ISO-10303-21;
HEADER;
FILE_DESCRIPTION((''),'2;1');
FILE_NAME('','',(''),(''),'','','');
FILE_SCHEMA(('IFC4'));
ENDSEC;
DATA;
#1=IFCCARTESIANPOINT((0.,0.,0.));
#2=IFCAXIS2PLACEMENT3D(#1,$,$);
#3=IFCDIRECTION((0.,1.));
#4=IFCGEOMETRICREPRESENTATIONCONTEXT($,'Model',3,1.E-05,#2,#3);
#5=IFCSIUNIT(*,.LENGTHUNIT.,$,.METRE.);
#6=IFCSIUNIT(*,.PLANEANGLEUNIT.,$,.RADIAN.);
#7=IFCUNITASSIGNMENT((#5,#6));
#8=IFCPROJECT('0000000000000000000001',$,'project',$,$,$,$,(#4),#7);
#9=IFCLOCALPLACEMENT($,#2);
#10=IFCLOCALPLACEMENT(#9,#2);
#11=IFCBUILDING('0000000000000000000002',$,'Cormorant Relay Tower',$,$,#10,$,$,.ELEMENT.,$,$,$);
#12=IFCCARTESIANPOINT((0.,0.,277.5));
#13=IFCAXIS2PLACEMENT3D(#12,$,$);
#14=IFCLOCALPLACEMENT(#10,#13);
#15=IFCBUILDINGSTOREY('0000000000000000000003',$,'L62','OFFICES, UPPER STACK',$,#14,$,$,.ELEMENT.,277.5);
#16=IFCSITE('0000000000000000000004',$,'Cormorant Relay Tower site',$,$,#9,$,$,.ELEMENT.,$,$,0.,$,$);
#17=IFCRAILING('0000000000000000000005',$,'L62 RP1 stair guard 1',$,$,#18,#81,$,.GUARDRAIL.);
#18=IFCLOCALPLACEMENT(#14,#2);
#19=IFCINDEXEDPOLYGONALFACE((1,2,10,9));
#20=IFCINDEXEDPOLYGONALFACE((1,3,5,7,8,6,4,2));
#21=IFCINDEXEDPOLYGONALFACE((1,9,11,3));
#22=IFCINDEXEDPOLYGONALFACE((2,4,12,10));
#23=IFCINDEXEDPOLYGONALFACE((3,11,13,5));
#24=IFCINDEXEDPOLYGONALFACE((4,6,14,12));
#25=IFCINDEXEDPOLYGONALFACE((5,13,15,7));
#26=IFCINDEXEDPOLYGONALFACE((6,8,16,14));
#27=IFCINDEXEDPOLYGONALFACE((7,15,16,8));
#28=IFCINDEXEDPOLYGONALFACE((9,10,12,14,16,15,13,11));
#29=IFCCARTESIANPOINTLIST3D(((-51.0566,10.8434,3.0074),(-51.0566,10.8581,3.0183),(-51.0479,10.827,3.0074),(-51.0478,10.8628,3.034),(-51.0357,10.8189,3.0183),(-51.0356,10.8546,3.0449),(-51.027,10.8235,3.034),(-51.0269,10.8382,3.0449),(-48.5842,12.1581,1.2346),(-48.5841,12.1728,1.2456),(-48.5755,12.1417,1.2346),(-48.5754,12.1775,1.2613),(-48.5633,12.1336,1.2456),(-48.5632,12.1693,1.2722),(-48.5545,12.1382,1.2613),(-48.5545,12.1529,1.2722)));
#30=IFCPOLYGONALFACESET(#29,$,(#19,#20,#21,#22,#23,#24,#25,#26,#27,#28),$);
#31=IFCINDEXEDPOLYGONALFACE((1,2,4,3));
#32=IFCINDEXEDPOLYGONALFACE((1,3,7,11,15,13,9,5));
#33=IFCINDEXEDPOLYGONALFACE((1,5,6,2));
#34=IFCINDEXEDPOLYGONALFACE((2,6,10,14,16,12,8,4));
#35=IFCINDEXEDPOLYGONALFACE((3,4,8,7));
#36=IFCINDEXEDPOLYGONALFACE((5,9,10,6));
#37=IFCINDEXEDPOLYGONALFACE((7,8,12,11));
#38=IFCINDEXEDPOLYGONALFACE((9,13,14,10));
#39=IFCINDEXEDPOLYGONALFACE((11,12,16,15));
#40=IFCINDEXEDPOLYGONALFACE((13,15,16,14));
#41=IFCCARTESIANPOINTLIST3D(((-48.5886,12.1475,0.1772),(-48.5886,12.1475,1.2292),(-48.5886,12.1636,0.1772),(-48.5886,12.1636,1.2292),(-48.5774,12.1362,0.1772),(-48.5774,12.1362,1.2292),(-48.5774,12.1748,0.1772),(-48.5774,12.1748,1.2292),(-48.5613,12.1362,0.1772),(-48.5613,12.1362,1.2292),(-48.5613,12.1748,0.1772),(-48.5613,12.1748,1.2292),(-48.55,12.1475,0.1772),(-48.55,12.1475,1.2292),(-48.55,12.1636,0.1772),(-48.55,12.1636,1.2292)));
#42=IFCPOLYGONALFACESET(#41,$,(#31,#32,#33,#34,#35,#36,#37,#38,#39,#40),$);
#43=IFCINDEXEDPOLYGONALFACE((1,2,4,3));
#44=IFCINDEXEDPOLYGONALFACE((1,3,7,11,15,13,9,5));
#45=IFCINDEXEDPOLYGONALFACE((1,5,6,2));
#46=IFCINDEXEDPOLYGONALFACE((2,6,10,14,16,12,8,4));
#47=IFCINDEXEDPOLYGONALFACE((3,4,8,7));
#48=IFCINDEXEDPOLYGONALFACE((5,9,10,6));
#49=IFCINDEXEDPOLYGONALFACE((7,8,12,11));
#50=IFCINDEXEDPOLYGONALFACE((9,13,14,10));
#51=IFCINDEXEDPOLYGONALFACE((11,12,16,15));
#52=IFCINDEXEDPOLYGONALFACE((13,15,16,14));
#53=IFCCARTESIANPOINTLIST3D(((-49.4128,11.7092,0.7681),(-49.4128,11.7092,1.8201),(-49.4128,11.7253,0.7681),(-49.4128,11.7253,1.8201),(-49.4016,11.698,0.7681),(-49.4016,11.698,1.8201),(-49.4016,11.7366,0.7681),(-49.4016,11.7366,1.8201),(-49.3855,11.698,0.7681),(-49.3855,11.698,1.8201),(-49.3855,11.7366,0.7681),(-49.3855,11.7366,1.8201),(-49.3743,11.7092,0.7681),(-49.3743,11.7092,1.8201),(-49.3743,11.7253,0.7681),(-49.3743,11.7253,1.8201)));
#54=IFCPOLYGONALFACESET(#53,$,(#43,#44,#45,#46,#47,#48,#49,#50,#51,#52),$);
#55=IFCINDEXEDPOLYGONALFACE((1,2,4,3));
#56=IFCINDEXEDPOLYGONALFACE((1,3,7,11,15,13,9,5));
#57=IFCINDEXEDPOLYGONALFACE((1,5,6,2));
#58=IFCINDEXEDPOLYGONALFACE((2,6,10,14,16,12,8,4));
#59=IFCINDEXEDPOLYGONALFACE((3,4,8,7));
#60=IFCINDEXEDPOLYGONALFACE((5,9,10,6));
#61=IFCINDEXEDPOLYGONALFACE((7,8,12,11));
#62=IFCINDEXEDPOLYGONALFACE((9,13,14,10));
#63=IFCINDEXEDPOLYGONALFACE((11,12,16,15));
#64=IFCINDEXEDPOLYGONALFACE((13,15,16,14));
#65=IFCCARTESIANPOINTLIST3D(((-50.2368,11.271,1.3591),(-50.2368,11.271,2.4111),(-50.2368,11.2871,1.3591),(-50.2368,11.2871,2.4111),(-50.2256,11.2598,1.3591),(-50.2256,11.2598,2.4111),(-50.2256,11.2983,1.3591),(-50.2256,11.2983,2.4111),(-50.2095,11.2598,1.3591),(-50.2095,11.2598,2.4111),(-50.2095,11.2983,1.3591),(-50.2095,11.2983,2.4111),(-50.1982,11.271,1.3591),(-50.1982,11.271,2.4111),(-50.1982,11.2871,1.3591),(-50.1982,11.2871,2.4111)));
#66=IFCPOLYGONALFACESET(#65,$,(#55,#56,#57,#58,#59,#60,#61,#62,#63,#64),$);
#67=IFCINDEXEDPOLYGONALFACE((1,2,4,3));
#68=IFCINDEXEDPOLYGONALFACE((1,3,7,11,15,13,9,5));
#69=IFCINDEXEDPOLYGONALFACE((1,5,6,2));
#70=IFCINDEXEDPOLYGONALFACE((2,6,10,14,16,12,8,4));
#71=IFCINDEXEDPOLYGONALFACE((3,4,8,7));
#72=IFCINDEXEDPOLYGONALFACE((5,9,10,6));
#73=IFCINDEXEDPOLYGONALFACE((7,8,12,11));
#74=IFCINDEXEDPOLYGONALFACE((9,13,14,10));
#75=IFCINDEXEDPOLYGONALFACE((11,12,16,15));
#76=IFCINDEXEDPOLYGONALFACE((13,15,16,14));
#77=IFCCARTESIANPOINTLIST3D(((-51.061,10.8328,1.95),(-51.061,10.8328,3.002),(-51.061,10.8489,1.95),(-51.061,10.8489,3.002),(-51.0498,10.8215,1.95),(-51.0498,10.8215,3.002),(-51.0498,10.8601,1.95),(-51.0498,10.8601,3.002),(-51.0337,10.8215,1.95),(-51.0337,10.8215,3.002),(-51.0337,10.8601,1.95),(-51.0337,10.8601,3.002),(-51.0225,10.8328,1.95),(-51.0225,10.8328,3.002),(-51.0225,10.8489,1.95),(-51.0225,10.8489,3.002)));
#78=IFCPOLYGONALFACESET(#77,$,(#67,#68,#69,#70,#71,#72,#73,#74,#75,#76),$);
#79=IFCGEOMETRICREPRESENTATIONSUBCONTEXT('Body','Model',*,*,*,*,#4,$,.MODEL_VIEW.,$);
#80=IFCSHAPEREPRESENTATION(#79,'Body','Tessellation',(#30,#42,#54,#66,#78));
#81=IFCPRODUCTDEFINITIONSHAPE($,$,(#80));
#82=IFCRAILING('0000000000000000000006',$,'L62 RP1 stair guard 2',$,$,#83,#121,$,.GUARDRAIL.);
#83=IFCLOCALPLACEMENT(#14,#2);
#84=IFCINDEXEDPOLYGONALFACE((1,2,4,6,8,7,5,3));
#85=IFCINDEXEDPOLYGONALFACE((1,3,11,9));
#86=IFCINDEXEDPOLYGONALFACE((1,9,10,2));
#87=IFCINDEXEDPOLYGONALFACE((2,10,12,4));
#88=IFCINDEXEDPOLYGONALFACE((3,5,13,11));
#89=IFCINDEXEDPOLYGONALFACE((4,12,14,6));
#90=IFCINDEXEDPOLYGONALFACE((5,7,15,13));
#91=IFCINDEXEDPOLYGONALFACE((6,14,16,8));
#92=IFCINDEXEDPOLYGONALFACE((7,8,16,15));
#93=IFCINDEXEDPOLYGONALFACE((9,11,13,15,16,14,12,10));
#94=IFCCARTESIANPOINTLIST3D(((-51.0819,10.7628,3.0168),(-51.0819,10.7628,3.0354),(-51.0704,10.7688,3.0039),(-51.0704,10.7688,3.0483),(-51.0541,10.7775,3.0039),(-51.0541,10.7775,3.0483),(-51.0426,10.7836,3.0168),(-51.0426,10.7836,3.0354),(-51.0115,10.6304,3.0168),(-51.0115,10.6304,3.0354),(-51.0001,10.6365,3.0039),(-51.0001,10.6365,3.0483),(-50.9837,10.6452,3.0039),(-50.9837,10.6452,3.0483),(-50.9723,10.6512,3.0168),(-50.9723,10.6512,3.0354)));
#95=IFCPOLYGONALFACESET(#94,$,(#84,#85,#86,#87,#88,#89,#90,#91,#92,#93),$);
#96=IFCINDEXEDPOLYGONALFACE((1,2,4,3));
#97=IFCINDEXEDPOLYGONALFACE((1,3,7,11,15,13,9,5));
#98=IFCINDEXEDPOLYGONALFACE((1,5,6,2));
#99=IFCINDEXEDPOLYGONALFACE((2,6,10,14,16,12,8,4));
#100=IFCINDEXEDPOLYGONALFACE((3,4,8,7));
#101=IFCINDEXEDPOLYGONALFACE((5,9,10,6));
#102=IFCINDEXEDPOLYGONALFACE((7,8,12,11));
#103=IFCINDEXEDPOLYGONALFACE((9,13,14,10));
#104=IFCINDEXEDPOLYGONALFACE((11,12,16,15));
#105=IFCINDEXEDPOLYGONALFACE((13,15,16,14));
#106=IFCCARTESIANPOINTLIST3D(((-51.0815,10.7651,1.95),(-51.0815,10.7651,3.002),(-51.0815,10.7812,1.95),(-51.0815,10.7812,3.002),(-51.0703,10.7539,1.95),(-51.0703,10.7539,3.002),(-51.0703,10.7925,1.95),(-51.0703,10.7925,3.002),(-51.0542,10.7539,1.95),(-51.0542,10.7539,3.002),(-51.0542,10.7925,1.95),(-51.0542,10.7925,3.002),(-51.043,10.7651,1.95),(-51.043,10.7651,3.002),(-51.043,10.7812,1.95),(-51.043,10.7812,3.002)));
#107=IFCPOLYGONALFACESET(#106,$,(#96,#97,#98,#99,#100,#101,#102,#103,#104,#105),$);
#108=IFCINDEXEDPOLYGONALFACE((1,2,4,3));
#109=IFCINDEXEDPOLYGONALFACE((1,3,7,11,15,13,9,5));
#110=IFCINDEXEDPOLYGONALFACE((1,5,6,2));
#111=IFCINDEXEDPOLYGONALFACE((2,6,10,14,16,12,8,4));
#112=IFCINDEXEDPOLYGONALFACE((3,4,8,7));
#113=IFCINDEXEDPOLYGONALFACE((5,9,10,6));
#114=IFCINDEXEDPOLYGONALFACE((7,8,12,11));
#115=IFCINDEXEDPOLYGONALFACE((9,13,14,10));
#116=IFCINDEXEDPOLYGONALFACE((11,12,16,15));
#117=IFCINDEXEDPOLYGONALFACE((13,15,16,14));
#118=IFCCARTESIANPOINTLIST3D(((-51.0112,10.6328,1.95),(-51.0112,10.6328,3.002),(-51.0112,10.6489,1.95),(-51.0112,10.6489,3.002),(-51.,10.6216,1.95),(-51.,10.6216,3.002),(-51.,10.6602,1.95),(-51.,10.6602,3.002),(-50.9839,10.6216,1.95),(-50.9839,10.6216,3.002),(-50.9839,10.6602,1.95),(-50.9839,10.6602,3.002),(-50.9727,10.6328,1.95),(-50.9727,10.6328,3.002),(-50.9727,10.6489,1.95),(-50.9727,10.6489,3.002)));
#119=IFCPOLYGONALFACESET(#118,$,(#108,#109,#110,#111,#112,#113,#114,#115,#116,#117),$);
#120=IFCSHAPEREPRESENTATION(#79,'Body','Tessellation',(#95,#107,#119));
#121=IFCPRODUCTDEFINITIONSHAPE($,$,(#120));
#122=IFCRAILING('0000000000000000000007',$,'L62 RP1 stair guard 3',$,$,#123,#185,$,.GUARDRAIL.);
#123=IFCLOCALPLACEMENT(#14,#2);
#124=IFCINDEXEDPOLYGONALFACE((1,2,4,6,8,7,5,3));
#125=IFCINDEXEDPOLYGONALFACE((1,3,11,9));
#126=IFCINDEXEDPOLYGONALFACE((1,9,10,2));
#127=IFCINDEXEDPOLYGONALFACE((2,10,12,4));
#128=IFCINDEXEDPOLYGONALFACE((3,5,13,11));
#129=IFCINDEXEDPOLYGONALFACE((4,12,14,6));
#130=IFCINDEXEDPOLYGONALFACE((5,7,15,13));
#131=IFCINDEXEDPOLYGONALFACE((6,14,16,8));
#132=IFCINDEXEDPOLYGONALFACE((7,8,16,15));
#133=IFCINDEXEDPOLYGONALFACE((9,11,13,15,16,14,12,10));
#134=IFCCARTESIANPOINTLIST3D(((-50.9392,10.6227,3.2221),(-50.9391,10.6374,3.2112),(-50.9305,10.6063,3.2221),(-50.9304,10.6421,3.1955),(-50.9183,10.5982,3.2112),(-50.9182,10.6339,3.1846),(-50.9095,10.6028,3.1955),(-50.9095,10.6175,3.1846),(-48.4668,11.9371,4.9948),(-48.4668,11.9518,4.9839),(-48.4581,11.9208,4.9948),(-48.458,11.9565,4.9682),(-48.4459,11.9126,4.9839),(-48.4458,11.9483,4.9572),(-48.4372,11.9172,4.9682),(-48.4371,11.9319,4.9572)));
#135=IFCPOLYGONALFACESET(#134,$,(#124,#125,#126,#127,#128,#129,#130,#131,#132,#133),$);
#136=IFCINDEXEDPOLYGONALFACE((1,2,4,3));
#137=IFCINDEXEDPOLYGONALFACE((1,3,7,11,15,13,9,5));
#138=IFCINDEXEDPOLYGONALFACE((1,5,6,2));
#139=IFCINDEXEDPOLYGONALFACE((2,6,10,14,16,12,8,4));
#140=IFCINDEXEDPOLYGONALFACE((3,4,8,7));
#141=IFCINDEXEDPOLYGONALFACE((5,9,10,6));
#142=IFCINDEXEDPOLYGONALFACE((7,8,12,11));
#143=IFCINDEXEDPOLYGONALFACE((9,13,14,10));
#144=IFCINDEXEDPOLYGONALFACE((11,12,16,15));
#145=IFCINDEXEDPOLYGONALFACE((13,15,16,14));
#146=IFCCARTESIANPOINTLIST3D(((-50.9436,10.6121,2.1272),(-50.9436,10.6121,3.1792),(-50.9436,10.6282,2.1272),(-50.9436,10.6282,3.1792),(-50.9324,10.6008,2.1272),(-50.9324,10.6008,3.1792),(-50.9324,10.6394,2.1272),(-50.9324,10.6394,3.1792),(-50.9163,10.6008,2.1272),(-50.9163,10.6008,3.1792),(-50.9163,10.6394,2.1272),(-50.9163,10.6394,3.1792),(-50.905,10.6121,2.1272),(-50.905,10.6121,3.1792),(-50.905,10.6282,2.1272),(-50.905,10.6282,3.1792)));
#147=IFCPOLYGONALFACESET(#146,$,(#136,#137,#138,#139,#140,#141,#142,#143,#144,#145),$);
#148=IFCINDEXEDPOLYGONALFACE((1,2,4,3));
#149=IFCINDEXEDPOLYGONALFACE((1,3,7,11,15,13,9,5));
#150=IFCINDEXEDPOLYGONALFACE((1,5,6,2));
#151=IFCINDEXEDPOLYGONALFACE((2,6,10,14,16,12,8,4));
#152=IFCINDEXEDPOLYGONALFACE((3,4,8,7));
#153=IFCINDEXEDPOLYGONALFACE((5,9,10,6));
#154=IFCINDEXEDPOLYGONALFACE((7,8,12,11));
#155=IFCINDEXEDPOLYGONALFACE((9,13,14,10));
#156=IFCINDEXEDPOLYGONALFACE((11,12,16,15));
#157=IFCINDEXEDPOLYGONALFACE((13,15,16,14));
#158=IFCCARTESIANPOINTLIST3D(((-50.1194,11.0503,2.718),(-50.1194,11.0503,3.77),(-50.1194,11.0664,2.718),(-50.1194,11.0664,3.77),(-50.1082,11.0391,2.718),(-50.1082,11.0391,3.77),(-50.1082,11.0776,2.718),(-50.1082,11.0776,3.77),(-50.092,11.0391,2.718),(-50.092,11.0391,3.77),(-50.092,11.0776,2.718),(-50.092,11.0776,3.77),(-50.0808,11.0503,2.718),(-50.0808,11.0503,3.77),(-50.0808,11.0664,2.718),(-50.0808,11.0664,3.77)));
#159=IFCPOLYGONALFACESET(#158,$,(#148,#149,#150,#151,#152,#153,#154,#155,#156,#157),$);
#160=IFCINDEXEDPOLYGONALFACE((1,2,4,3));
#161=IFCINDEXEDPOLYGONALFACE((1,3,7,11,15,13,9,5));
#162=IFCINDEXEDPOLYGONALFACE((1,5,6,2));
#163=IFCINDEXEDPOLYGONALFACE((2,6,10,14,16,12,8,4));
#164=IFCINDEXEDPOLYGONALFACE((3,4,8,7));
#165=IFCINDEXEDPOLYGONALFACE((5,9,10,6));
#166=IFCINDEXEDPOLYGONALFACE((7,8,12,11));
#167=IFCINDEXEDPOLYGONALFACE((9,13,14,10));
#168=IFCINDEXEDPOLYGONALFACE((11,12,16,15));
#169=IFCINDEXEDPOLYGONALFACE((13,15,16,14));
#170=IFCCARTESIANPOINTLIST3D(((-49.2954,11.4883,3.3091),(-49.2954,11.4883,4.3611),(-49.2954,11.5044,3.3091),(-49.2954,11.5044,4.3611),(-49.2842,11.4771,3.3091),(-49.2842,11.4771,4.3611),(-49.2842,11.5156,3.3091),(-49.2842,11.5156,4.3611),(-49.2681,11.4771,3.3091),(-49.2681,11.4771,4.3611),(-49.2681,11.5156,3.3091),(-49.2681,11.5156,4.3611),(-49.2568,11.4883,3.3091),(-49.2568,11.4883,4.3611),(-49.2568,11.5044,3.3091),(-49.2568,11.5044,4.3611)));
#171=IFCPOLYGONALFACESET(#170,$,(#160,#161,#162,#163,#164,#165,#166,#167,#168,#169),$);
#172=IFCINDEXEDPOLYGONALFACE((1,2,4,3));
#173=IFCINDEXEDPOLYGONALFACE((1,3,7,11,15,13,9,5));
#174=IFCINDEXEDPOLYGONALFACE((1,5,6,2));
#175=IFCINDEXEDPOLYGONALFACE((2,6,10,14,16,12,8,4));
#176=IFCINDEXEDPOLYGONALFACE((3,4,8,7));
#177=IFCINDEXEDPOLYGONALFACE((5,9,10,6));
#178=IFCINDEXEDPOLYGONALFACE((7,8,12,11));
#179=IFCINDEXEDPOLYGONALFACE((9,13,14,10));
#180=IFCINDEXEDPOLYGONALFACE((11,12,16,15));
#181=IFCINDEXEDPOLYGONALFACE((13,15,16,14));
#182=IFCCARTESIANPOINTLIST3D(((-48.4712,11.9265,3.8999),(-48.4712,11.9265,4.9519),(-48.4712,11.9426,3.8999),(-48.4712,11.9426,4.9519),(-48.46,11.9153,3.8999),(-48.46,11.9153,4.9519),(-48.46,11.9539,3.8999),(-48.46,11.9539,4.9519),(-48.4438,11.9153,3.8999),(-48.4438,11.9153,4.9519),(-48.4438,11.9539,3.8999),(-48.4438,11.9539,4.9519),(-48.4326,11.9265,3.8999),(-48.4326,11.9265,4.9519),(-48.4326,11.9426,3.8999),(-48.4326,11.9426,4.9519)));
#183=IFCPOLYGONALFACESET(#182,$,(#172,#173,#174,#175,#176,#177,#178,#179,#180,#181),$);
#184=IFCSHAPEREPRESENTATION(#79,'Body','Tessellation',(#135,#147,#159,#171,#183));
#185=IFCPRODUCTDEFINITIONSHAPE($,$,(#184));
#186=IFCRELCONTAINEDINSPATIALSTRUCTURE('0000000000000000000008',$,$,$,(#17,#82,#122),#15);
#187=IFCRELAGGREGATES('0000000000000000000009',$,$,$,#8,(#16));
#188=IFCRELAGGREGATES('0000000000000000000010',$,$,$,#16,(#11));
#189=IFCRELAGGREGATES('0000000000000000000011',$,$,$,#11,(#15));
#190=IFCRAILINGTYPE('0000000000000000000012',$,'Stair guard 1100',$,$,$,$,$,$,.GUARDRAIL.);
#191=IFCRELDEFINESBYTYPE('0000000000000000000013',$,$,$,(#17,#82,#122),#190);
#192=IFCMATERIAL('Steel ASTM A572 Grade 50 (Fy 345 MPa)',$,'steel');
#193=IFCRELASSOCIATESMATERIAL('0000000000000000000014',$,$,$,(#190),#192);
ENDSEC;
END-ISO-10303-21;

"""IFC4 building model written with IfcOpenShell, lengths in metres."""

from ifc_helpers import new_model, si_unit, direction, frame, origin, place, context, subcontext, project, spatial, polyline, outline, extrude, material, type_object, element, save


model = new_model("IFC4")

# Units and contexts
model_context = context("Model", 3, precision=1e-05, world=origin(), true_north=direction((0.0, 1.0)))
body_context = subcontext(model_context, "Body", "Model", "MODEL_VIEW")
ifc_project = project(units=[si_unit("LENGTHUNIT", "METRE"), si_unit("PLANEANGLEUNIT", "RADIAN")], contexts=[model_context])

# Site, building, storey
site_placement = place(None, origin())
site = spatial("IfcSite", under=ifc_project, at=site_placement, Name="Cormorant Relay Tower site", CompositionType="ELEMENT", RefElevation=0.0)
building_placement = place(site_placement, origin())
building = spatial("IfcBuilding", under=site, at=building_placement, Name="Cormorant Relay Tower", CompositionType="ELEMENT")
storey_placement = place(building_placement, frame((0.0, 0.0, 277.5)))
storey = spatial("IfcBuildingStorey", under=building, at=storey_placement, Name="L62", Description="OFFICES, UPPER STACK", CompositionType="ELEMENT", Elevation=277.5)

# Railings
ifc_material_1 = material(Name="Steel ASTM A572 Grade 50 (Fy 345 MPa)", Category="steel")
railing_type_1 = type_object("IfcRailingType", Name="Stair guard 1100", PredefinedType="GUARDRAIL", material=ifc_material_1)
railing_1_placement = place(storey_placement, frame((-48.5693, 12.1555, 0.1772)))
element("IfcRailing", 1, at=railing_1_placement, inside=storey, type_object=railing_type_1, Name="L62 RP1 stair guard 1", PredefinedType="GUARDRAIL", context=body_context, shape_type="SweptSolid", body=[
    extrude(outline(polyline([(0.0222, 0.0093), (0.0093, 0.0222), (-0.0093, 0.0222), (-0.0222, 0.0093), (-0.0222, -0.0093), (-0.0093, -0.0222), (0.0093, -0.0222), (0.0222, -0.0093), (0.0222, 0.0093)])), frame((0.0, 0.0, 1.0762), z_axis=(-0.746012, -0.39669, 0.534886), x_axis=(0.469497, -0.882934, 0.0)), (0.0, 0.0, 1.0), 3.3142),
    extrude(outline(polyline([(0.0193, 0.0081), (0.0081, 0.0193), (-0.0081, 0.0193), (-0.0193, 0.0081), (-0.0193, -0.0081), (-0.0081, -0.0193), (0.0081, -0.0193), (0.0193, -0.0081), (0.0193, 0.0081)])), origin(), (0.0, 0.0, 1.0), 1.052),
    extrude(outline(polyline([(0.0193, 0.0081), (0.0081, 0.0193), (-0.0081, 0.0193), (-0.0193, 0.0081), (-0.0193, -0.0081), (-0.0081, -0.0193), (0.0081, -0.0193), (0.0193, -0.0081), (0.0193, 0.0081)])), frame((-0.8242, -0.4382, 0.5908)), (0.0, 0.0, 1.0), 1.052),
    extrude(outline(polyline([(0.0193, 0.0081), (0.0081, 0.0193), (-0.0081, 0.0193), (-0.0193, 0.0081), (-0.0193, -0.0081), (-0.0081, -0.0193), (0.0081, -0.0193), (0.0193, -0.0081), (0.0193, 0.0081)])), frame((-1.6482, -0.8765, 1.1819)), (0.0, 0.0, 1.0), 1.052),
    extrude(outline(polyline([(0.0193, 0.0081), (0.0081, 0.0193), (-0.0081, 0.0193), (-0.0193, 0.0081), (-0.0193, -0.0081), (-0.0081, -0.0193), (0.0081, -0.0193), (0.0193, -0.0081), (0.0193, 0.0081)])), frame((-2.4724, -1.3147, 1.7727)), (0.0, 0.0, 1.0), 1.052),
])
railing_2_placement = place(storey_placement, frame((-51.0623, 10.7732, 1.95)))
element("IfcRailing", 2, at=railing_2_placement, inside=storey, type_object=railing_type_1, Name="L62 RP1 stair guard 2", PredefinedType="GUARDRAIL", context=body_context, shape_type="SweptSolid", body=[
    extrude(outline(polyline([(0.0222, 0.0093), (0.0093, 0.0222), (-0.0093, 0.0222), (-0.0222, 0.0093), (-0.0222, -0.0093), (-0.0093, -0.0222), (0.0093, -0.0222), (0.0222, -0.0093), (0.0222, 0.0093)])), frame((0.0, 0.0, 1.0762), z_axis=(0.469235, -0.883074, 0.0), x_axis=(0.883074, 0.469235, 0.0)), (0.0, 0.0, 1.0), 0.1499),
    extrude(outline(polyline([(0.0193, 0.0081), (0.0081, 0.0193), (-0.0081, 0.0193), (-0.0193, 0.0081), (-0.0193, -0.0081), (-0.0081, -0.0193), (0.0081, -0.0193), (0.0193, -0.0081), (0.0193, 0.0081)])), origin(), (0.0, 0.0, 1.0), 1.052),
    extrude(outline(polyline([(0.0193, 0.0081), (0.0081, 0.0193), (-0.0081, 0.0193), (-0.0193, 0.0081), (-0.0193, -0.0081), (-0.0081, -0.0193), (0.0081, -0.0193), (0.0193, -0.0081), (0.0193, 0.0081)])), frame((0.0703, -0.1323, 0.0)), (0.0, 0.0, 1.0), 1.052),
])
railing_3_placement = place(storey_placement, frame((-50.9243, 10.6201, 2.1272)))
element("IfcRailing", 3, at=railing_3_placement, inside=storey, type_object=railing_type_1, Name="L62 RP1 stair guard 3", PredefinedType="GUARDRAIL", context=body_context, shape_type="SweptSolid", body=[
    extrude(outline(polyline([(0.0222, 0.0093), (0.0093, 0.0222), (-0.0093, 0.0222), (-0.0222, 0.0093), (-0.0222, -0.0093), (-0.0093, -0.0222), (0.0093, -0.0222), (0.0222, -0.0093), (0.0222, 0.0093)])), frame((0.0, 0.0, 1.0762), z_axis=(0.746034, 0.396627, 0.534902), x_axis=(-0.469429, 0.88297, 0.0)), (0.0, 0.0, 1.0), 3.314),
    extrude(outline(polyline([(0.0193, 0.0081), (0.0081, 0.0193), (-0.0081, 0.0193), (-0.0193, 0.0081), (-0.0193, -0.0081), (-0.0081, -0.0193), (0.0081, -0.0193), (0.0193, -0.0081), (0.0193, 0.0081)])), origin(), (0.0, 0.0, 1.0), 1.052),
    extrude(outline(polyline([(0.0193, 0.0081), (0.0081, 0.0193), (-0.0081, 0.0193), (-0.0193, 0.0081), (-0.0193, -0.0081), (-0.0081, -0.0193), (0.0081, -0.0193), (0.0193, -0.0081), (0.0193, 0.0081)])), frame((0.8242, 0.4382, 0.5908)), (0.0, 0.0, 1.0), 1.052),
    extrude(outline(polyline([(0.0193, 0.0081), (0.0081, 0.0193), (-0.0081, 0.0193), (-0.0193, 0.0081), (-0.0193, -0.0081), (-0.0081, -0.0193), (0.0081, -0.0193), (0.0193, -0.0081), (0.0193, 0.0081)])), frame((1.6482, 0.8762, 1.1819)), (0.0, 0.0, 1.0), 1.052),
    extrude(outline(polyline([(0.0193, 0.0081), (0.0081, 0.0193), (-0.0081, 0.0193), (-0.0193, 0.0081), (-0.0193, -0.0081), (-0.0081, -0.0193), (0.0081, -0.0193), (0.0193, -0.0081), (0.0193, 0.0081)])), frame((2.4724, 1.3145, 1.7727)), (0.0, 0.0, 1.0), 1.052),
])

save(model, "model.ifc")
